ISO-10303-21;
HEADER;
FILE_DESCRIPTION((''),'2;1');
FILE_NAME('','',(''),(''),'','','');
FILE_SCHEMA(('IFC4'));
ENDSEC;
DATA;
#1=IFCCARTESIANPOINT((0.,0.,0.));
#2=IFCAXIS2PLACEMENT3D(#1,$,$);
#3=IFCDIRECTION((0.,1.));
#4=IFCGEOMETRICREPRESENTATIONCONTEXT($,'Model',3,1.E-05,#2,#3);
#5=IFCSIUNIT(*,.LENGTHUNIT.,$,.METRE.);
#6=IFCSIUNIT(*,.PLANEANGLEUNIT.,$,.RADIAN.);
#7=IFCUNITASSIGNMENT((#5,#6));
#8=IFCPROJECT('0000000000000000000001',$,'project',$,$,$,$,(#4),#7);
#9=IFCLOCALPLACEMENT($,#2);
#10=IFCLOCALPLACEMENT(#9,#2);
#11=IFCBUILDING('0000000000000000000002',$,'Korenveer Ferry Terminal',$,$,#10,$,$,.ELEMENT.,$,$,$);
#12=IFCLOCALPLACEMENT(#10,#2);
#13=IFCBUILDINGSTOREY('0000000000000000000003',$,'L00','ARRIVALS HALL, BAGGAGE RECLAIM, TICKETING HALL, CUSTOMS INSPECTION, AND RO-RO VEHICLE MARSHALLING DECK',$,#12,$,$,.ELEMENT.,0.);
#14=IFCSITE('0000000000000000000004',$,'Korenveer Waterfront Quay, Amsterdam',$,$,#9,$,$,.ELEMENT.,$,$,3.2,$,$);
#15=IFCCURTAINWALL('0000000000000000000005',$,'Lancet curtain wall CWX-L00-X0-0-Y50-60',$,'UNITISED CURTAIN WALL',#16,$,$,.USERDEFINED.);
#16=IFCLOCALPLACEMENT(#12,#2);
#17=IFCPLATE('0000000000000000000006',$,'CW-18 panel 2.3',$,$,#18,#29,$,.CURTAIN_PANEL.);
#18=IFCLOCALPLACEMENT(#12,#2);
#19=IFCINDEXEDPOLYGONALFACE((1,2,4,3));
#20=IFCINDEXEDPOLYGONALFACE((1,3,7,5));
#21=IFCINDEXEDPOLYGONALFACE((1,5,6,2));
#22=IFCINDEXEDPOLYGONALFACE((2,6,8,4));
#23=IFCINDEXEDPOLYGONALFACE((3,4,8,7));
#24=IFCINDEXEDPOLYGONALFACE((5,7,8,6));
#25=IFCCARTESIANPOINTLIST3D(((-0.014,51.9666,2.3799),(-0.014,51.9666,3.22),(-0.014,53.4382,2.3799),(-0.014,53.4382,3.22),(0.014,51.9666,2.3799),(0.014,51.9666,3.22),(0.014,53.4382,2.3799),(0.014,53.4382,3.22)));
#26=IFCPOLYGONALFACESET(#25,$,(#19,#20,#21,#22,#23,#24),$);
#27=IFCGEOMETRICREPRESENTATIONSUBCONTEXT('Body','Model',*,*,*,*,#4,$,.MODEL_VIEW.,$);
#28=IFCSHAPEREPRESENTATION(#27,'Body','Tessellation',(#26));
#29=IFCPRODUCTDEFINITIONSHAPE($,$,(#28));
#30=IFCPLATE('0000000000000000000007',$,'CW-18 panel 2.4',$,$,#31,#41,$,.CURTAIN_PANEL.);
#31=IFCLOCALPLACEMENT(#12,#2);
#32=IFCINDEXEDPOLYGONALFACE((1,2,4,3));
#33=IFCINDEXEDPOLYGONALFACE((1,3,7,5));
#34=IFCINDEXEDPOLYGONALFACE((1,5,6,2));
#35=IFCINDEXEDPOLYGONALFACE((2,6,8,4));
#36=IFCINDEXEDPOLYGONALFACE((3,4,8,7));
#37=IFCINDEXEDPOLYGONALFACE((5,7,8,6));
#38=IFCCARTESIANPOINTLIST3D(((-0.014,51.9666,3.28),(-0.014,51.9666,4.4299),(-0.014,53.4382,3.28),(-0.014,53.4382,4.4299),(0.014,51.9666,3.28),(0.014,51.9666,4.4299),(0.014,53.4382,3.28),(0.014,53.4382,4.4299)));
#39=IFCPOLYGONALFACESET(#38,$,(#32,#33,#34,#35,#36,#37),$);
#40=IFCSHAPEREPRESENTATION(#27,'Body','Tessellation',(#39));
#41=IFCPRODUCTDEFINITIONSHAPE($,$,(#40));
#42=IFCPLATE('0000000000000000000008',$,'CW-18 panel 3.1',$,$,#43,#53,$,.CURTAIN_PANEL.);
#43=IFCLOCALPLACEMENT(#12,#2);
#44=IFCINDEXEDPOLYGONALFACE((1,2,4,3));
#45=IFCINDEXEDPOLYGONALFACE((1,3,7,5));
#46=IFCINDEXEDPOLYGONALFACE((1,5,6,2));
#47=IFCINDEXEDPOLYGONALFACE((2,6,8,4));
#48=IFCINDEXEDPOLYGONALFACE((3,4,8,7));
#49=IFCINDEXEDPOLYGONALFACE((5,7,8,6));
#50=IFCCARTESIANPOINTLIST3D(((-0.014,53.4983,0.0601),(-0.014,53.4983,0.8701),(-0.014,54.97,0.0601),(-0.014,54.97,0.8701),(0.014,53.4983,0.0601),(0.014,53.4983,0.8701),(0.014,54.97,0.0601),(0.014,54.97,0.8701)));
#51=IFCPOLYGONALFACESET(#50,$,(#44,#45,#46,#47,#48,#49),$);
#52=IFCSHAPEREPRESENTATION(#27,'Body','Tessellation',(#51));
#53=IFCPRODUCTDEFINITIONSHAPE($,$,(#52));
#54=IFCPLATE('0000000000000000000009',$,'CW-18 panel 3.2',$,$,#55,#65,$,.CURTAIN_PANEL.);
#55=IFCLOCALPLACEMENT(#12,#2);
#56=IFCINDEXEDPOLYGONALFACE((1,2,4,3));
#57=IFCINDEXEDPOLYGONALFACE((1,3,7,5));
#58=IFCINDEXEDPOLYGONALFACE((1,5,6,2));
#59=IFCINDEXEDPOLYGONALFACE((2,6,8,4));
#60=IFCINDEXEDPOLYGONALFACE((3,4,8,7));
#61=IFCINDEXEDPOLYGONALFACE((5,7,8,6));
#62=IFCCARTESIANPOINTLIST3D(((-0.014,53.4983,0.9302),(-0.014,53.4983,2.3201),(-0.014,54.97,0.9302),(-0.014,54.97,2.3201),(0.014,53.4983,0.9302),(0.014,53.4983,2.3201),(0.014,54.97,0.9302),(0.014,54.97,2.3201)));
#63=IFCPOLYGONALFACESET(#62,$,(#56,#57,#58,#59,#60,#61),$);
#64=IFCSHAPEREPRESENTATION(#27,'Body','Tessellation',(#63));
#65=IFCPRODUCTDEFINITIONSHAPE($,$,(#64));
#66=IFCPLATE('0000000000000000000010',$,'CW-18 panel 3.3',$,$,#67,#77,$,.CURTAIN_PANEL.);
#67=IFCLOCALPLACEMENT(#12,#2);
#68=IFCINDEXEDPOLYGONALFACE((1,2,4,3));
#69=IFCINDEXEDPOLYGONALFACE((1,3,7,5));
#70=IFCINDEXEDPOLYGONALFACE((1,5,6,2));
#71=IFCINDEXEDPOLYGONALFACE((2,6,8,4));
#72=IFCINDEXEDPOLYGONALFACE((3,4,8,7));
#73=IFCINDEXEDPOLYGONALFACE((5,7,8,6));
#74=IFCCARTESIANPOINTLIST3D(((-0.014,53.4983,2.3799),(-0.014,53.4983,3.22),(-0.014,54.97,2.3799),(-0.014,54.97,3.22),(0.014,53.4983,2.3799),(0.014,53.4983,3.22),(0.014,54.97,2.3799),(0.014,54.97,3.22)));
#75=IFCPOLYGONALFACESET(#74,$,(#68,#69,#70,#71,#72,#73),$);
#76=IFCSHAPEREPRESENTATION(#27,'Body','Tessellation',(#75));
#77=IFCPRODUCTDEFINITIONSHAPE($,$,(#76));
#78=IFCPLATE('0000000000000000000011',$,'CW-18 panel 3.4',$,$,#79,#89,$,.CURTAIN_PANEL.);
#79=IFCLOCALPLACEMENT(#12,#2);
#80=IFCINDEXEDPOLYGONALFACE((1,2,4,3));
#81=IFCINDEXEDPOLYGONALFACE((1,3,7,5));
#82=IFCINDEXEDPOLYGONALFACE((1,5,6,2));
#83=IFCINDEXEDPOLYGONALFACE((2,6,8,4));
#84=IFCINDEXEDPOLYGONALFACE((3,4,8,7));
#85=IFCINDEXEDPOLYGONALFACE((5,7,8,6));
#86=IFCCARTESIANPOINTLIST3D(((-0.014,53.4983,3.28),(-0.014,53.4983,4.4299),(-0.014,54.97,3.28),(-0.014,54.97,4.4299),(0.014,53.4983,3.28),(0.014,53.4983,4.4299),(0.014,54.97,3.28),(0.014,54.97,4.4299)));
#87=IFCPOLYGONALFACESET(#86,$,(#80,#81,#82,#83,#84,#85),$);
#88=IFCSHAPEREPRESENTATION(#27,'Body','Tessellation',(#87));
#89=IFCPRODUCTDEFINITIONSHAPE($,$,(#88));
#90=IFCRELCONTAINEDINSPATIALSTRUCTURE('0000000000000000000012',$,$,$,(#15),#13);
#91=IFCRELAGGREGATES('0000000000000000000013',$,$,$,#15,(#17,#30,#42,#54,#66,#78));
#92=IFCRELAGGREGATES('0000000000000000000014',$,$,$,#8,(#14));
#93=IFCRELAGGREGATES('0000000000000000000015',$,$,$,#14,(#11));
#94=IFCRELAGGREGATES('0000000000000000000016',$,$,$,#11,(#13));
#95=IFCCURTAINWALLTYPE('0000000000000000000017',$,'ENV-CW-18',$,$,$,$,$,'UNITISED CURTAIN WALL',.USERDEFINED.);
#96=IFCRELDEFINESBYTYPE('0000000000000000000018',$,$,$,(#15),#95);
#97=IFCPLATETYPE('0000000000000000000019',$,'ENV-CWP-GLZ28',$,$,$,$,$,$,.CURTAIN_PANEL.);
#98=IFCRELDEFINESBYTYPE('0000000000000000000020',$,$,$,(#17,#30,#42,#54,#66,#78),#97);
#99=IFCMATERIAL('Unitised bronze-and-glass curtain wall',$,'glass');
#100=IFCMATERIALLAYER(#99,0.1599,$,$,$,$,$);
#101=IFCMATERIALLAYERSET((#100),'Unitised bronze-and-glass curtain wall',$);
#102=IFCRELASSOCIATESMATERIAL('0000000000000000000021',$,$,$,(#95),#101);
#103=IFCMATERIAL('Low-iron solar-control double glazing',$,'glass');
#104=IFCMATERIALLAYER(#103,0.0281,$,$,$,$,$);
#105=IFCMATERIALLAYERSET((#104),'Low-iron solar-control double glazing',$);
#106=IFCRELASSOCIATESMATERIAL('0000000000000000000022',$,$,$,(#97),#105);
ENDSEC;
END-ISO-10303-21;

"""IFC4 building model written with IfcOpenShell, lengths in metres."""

from ifc_helpers import new_model, si_unit, direction, frame, origin, origin_2d, place, context, subcontext, project, spatial, rectangle, extrude, material, layer, layer_set, type_object, element, aggregate, save


model = new_model("IFC4")

# Units and contexts
model_context = context("Model", 3, precision=1e-05, world=origin(), true_north=direction((0.0, 1.0)))
body_context = subcontext(model_context, "Body", "Model", "MODEL_VIEW")
ifc_project = project(units=[si_unit("LENGTHUNIT", "METRE"), si_unit("PLANEANGLEUNIT", "RADIAN")], contexts=[model_context])

# Site, building, storey
site_placement = place(None, origin())
site = spatial("IfcSite", under=ifc_project, at=site_placement, Name="Korenveer Waterfront Quay, Amsterdam", CompositionType="ELEMENT", RefElevation=3.2)
building_placement = place(site_placement, origin())
building = spatial("IfcBuilding", under=site, at=building_placement, Name="Korenveer Ferry Terminal", CompositionType="ELEMENT")
storey_placement = place(building_placement, origin())
storey = spatial("IfcBuildingStorey", under=building, at=storey_placement, Name="L00", Description="ARRIVALS HALL, BAGGAGE RECLAIM, TICKETING HALL, CUSTOMS INSPECTION, AND RO-RO VEHICLE MARSHALLING DECK", CompositionType="ELEMENT", Elevation=0.0)

# Curtain wall, plates
ifc_material_1 = material(Name="Unitised bronze-and-glass curtain wall", Category="glass")
ifc_layer_1 = layer(ifc_material_1, 0.1599)
ifc_layer_set_1 = layer_set([ifc_layer_1], Name="Unitised bronze-and-glass curtain wall")
curtain_wall_type = type_object("IfcCurtainWallType", Name="ENV-CW-18", ElementType="UNITISED CURTAIN WALL", PredefinedType="USERDEFINED", material=ifc_layer_set_1)
curtain_wall_placement = place(storey_placement, frame((0.0, 50.405, 0.0)))
curtain_wall = element("IfcCurtainWall", 1, at=curtain_wall_placement, inside=storey, type_object=curtain_wall_type, Name="Lancet curtain wall CWX-L00-X0-0-Y50-60", ObjectType="UNITISED CURTAIN WALL", PredefinedType="USERDEFINED")
ifc_material_2 = material(Name="Low-iron solar-control double glazing", Category="glass")
ifc_layer_2 = layer(ifc_material_2, 0.0281)
ifc_layer_set_2 = layer_set([ifc_layer_2], Name="Low-iron solar-control double glazing")
plate_type = type_object("IfcPlateType", Name="ENV-CWP-GLZ28", PredefinedType="CURTAIN_PANEL", material=ifc_layer_set_2)
plate_1_placement = place(storey_placement, frame((0.0, 52.7024, 2.3799), z_axis=(0.0, 0.0, 1.0), x_axis=(0.0, 1.0, 0.0)))
plate_1 = element("IfcPlate", 2, at=plate_1_placement, type_object=plate_type, Name="CW-18 panel 2.3", PredefinedType="CURTAIN_PANEL", context=body_context, shape_type="SweptSolid", body=[
    extrude(rectangle(XDim=1.4717, YDim=0.0281, at=origin_2d()), origin(), (0.0, 0.0, 1.0), 0.8401),
])
plate_2_placement = place(storey_placement, frame((0.0, 52.7024, 3.28), z_axis=(0.0, 0.0, 1.0), x_axis=(0.0, 1.0, 0.0)))
plate_2 = element("IfcPlate", 3, at=plate_2_placement, type_object=plate_type, Name="CW-18 panel 2.4", PredefinedType="CURTAIN_PANEL", context=body_context, shape_type="SweptSolid", body=[
    extrude(rectangle(XDim=1.4717, YDim=0.0281, at=origin_2d()), origin(), (0.0, 0.0, 1.0), 1.1499),
])
plate_3_placement = place(storey_placement, frame((0.0, 54.2341, 0.0601), z_axis=(0.0, 0.0, 1.0), x_axis=(0.0, 1.0, 0.0)))
plate_3 = element("IfcPlate", 4, at=plate_3_placement, type_object=plate_type, Name="CW-18 panel 3.1", PredefinedType="CURTAIN_PANEL", context=body_context, shape_type="SweptSolid", body=[
    extrude(rectangle(XDim=1.4717, YDim=0.0281, at=origin_2d()), origin(), (0.0, 0.0, 1.0), 0.8101),
])
plate_4_placement = place(storey_placement, frame((0.0, 54.2341, 0.9302), z_axis=(0.0, 0.0, 1.0), x_axis=(0.0, 1.0, 0.0)))
plate_4 = element("IfcPlate", 5, at=plate_4_placement, type_object=plate_type, Name="CW-18 panel 3.2", PredefinedType="CURTAIN_PANEL", context=body_context, shape_type="SweptSolid", body=[
    extrude(rectangle(XDim=1.4717, YDim=0.0281, at=origin_2d()), origin(), (0.0, 0.0, 1.0), 1.3899),
])
plate_5_placement = place(storey_placement, frame((0.0, 54.2341, 2.3799), z_axis=(0.0, 0.0, 1.0), x_axis=(0.0, 1.0, 0.0)))
plate_5 = element("IfcPlate", 6, at=plate_5_placement, type_object=plate_type, Name="CW-18 panel 3.3", PredefinedType="CURTAIN_PANEL", context=body_context, shape_type="SweptSolid", body=[
    extrude(rectangle(XDim=1.4717, YDim=0.0281, at=origin_2d()), origin(), (0.0, 0.0, 1.0), 0.8401),
])
plate_6_placement = place(storey_placement, frame((0.0, 54.2341, 3.28), z_axis=(0.0, 0.0, 1.0), x_axis=(0.0, 1.0, 0.0)))
plate_6 = element("IfcPlate", 7, at=plate_6_placement, type_object=plate_type, Name="CW-18 panel 3.4", PredefinedType="CURTAIN_PANEL", context=body_context, shape_type="SweptSolid", body=[
    extrude(rectangle(XDim=1.4717, YDim=0.0281, at=origin_2d()), origin(), (0.0, 0.0, 1.0), 1.1499),
])
aggregate(curtain_wall, [plate_1, plate_2, plate_3, plate_4, plate_5, plate_6])

save(model, "model.ifc")
